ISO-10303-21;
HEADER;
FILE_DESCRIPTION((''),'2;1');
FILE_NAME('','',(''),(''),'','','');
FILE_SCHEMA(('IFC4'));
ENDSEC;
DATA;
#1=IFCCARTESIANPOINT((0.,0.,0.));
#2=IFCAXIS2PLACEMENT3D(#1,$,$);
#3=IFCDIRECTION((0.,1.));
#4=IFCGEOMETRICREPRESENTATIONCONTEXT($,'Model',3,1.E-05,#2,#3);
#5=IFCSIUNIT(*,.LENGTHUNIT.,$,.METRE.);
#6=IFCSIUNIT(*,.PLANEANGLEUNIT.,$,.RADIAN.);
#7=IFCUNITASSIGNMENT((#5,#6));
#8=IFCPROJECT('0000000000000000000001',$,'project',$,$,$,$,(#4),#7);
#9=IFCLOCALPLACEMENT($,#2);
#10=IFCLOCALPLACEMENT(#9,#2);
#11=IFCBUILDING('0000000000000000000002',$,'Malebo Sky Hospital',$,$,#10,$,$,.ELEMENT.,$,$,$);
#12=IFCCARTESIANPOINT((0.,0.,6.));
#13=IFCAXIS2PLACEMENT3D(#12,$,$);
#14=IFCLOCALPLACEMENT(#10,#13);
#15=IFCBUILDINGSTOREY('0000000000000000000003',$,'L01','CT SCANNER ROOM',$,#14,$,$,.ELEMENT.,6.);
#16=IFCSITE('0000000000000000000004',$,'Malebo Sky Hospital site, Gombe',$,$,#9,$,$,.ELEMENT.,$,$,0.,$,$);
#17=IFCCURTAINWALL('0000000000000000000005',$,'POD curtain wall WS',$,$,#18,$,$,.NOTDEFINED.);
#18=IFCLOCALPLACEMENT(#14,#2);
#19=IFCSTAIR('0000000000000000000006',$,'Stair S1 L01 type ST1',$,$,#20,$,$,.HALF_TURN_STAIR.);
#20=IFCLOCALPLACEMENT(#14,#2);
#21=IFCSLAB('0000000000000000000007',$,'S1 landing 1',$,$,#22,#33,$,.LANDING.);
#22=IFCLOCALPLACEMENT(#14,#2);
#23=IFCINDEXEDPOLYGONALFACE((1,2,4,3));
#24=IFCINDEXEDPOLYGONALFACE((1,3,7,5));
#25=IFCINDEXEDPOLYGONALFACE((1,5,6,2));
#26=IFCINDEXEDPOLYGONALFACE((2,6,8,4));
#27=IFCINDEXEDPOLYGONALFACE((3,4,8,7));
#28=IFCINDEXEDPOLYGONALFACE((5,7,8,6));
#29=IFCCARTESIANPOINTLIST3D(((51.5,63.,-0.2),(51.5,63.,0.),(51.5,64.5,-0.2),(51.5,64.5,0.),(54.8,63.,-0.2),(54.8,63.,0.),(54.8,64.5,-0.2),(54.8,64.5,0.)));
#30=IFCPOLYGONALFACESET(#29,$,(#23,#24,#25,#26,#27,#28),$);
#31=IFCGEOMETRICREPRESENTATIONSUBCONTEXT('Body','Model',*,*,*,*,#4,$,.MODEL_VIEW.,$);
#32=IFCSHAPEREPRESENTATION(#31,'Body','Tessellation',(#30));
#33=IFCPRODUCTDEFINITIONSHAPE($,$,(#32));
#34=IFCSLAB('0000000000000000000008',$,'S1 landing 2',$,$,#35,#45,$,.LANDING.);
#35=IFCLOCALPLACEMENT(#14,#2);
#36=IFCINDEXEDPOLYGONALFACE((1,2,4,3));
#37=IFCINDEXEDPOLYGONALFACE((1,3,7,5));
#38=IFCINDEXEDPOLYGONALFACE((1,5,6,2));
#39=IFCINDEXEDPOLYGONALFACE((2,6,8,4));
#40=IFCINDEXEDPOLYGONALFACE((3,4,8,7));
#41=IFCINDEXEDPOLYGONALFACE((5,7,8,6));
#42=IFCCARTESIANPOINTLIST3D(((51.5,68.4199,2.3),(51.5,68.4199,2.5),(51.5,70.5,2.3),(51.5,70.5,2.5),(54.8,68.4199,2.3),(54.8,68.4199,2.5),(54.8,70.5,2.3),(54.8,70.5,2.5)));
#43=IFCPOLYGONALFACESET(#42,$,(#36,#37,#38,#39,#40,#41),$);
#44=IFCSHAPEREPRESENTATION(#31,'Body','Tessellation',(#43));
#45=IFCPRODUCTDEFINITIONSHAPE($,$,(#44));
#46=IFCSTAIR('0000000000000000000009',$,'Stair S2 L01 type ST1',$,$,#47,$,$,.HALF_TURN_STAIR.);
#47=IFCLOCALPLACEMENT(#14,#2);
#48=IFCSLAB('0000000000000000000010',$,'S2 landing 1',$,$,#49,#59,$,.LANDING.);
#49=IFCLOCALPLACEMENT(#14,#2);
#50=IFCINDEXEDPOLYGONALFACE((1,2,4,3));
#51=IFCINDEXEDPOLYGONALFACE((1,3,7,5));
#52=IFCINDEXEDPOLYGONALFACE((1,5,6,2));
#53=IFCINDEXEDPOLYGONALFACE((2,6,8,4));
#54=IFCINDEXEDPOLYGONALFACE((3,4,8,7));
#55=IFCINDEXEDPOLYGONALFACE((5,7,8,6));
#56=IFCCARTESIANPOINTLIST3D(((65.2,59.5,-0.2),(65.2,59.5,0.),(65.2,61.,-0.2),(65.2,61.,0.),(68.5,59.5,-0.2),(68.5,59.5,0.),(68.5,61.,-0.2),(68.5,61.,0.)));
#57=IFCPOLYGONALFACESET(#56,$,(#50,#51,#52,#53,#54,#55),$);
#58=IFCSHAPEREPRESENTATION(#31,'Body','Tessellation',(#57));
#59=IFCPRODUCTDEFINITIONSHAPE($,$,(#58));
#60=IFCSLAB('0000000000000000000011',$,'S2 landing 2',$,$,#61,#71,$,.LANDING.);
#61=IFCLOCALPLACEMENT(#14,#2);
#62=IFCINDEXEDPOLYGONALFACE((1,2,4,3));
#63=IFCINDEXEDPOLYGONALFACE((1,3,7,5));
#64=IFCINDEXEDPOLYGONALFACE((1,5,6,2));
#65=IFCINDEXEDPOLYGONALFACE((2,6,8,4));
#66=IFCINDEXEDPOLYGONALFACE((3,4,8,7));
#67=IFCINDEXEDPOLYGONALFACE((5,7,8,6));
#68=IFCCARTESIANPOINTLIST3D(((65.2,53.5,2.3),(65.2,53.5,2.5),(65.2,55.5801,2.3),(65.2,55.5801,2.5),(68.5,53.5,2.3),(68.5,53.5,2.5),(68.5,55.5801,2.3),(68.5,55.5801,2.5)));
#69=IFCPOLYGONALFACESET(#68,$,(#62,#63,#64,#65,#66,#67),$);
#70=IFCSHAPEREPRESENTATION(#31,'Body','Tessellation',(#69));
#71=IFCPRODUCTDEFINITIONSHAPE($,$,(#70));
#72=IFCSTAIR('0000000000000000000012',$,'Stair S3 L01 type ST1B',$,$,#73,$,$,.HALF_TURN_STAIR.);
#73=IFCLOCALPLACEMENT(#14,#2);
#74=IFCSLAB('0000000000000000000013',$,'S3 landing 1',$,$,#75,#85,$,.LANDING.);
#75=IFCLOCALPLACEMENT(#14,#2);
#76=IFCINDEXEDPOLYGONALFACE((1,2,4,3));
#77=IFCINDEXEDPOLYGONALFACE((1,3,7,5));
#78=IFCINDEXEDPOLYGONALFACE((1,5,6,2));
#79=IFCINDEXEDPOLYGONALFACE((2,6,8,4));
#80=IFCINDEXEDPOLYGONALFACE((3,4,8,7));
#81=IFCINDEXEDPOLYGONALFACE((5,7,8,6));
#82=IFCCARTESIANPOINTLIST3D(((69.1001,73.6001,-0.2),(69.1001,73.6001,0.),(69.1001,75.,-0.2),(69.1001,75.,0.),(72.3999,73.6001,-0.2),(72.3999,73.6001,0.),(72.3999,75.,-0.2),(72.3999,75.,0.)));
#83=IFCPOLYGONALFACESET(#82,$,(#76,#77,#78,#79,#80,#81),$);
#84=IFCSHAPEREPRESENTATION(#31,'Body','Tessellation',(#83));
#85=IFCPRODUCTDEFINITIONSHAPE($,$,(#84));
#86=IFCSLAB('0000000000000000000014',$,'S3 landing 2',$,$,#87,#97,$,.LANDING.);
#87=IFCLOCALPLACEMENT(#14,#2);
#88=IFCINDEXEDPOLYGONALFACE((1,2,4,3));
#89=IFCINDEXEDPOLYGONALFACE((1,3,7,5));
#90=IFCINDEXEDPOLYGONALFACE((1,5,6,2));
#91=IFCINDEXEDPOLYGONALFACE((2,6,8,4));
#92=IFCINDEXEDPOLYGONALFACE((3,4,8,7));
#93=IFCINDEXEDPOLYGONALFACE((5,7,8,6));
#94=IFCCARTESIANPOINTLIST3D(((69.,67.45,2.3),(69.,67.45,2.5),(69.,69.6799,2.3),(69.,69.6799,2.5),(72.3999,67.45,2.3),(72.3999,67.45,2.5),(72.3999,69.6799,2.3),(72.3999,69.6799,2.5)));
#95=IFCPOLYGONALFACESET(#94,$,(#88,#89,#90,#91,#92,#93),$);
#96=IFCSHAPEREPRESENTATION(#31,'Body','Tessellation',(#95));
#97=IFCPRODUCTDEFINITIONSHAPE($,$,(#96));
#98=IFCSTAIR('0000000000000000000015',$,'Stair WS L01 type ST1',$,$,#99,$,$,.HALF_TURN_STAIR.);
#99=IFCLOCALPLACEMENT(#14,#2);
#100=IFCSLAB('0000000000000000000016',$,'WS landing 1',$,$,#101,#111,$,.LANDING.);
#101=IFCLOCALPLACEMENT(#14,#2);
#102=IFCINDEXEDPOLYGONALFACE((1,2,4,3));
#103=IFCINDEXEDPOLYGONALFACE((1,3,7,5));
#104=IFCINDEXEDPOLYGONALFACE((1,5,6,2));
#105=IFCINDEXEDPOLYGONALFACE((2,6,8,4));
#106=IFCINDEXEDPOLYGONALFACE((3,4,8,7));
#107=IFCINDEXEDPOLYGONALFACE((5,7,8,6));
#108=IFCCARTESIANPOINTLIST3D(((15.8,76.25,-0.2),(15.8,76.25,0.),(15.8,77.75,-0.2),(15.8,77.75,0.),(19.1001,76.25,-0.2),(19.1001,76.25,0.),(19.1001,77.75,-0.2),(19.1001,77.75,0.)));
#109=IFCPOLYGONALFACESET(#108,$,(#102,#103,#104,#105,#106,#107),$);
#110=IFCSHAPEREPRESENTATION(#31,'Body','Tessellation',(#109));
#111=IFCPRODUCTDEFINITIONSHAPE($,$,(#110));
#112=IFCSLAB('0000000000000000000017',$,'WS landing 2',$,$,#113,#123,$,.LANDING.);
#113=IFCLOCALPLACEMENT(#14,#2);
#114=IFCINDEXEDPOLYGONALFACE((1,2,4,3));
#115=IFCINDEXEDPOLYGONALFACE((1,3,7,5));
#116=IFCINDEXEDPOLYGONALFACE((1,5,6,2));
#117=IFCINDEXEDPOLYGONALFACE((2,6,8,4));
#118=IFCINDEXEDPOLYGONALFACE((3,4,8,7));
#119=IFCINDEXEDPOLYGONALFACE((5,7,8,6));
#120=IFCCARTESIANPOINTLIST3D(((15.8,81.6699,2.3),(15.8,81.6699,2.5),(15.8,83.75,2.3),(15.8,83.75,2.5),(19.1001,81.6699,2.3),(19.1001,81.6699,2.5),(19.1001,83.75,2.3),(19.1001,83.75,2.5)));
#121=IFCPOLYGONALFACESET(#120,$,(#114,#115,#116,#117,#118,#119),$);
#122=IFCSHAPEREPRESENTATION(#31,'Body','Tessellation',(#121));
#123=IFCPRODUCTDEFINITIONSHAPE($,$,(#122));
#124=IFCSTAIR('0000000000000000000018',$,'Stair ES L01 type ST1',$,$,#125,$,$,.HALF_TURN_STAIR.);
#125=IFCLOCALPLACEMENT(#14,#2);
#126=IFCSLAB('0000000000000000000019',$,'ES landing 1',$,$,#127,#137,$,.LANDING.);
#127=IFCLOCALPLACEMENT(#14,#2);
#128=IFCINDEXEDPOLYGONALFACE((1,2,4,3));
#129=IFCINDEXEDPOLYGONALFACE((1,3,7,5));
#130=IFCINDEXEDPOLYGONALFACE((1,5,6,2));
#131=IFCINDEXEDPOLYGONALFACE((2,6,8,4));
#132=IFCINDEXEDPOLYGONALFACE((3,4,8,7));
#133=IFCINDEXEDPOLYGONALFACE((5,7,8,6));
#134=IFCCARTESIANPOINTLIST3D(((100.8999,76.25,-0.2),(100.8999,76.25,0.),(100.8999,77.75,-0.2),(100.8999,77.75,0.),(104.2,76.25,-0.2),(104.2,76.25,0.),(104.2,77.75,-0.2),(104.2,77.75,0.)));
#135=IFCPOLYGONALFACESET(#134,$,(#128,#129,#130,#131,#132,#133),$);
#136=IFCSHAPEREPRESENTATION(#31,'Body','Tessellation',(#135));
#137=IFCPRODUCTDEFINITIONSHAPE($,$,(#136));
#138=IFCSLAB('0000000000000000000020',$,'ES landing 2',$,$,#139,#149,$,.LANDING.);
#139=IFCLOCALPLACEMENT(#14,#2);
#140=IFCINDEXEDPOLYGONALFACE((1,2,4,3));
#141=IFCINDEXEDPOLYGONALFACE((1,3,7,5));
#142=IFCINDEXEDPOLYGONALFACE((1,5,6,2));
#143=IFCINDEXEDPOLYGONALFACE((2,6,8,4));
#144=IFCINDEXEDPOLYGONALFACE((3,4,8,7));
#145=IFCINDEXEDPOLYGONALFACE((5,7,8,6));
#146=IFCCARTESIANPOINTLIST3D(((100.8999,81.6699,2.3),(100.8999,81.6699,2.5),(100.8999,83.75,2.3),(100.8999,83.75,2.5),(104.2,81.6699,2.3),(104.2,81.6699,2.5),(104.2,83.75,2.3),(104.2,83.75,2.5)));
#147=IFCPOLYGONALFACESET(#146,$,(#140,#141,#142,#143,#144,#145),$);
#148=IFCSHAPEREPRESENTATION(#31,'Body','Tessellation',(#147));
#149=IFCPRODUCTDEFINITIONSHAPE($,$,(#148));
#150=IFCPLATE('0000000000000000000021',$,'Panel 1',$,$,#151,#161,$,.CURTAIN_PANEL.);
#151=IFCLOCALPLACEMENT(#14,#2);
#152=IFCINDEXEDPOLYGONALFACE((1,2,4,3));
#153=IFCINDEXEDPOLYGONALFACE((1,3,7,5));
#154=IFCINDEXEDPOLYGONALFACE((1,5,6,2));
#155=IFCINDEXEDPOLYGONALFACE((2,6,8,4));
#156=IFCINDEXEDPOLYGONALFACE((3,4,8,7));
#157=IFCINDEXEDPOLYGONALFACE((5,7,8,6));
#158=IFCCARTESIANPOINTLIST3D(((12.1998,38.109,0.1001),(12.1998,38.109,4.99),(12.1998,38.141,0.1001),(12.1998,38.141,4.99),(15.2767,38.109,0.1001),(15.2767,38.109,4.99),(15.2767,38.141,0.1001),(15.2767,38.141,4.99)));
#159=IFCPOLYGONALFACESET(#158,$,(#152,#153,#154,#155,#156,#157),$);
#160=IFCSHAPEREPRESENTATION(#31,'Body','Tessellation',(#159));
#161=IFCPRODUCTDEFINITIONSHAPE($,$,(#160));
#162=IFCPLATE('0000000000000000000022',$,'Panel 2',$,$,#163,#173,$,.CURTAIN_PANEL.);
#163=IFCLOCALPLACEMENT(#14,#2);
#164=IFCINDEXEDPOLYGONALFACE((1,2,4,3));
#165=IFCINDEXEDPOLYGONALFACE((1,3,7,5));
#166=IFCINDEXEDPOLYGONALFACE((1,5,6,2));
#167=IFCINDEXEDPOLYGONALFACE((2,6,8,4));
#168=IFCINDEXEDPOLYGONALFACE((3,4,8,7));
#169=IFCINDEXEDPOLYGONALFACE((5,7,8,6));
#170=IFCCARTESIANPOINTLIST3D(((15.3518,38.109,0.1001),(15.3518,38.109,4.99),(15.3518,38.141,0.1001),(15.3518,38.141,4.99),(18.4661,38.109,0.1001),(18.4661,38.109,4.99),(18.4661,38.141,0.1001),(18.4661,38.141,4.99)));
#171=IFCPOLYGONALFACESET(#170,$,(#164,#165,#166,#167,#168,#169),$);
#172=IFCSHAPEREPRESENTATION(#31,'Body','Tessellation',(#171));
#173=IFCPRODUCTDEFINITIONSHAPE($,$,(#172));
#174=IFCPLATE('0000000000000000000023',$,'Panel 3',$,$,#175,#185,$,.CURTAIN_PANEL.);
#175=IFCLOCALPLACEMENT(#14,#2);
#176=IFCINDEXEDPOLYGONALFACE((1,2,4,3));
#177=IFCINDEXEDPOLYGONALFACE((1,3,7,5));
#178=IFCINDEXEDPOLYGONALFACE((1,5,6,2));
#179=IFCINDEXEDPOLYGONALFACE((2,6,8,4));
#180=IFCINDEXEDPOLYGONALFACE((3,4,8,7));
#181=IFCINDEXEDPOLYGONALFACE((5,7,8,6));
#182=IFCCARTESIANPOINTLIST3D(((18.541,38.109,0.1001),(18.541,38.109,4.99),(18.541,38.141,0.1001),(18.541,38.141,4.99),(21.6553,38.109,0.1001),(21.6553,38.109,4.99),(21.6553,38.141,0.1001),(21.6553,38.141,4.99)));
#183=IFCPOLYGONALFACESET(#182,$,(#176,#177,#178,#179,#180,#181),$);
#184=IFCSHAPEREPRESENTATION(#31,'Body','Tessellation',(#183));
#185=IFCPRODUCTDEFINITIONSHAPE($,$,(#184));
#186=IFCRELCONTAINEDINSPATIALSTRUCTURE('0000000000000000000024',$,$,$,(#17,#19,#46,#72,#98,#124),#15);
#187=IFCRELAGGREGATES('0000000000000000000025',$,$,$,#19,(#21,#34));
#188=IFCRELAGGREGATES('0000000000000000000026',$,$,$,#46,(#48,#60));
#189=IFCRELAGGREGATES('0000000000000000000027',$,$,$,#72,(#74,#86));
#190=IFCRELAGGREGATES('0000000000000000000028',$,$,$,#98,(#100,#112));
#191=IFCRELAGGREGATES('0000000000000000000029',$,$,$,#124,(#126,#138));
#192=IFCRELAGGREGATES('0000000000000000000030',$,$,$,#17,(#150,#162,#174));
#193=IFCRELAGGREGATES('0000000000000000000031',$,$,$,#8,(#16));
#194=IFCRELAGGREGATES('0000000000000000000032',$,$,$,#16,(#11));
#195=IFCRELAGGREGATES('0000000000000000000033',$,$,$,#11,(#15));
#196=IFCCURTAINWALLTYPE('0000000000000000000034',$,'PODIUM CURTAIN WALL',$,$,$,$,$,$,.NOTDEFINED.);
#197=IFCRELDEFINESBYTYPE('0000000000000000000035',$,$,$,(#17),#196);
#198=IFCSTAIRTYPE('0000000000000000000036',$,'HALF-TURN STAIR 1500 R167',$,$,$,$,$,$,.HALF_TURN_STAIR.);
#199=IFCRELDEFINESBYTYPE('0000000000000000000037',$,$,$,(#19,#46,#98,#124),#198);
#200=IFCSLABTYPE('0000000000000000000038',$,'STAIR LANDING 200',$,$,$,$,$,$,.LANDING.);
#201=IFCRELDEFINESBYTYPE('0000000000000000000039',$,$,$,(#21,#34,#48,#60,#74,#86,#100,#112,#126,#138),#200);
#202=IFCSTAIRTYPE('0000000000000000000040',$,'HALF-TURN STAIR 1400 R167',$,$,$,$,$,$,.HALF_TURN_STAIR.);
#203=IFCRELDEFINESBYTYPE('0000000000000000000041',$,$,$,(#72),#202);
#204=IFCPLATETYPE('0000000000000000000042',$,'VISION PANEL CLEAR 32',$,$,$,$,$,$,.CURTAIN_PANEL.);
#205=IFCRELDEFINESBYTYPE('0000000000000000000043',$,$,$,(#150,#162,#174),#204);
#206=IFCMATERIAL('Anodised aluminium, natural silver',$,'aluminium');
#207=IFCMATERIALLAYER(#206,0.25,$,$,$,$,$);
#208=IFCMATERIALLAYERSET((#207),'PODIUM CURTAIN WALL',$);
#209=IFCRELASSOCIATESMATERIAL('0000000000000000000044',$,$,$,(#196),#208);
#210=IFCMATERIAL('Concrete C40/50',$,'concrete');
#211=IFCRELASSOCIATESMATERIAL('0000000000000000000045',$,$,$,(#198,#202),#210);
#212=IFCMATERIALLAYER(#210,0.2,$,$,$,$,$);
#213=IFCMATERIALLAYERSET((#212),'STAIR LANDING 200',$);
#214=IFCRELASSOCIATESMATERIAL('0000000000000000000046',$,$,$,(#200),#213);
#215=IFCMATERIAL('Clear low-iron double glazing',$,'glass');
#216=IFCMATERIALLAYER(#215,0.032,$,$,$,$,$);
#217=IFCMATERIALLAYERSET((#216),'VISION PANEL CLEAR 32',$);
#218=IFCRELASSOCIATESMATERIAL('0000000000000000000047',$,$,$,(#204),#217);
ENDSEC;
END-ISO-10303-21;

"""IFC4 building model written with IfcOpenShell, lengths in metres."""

from ifc_helpers import new_model, si_unit, direction, frame, origin, origin_2d, place, context, subcontext, project, spatial, polyline, rectangle, outline, extrude, material, layer, layer_set, type_object, element, aggregate, save


model = new_model("IFC4")

# Units and contexts
model_context = context("Model", 3, precision=1e-05, world=origin(), true_north=direction((0.0, 1.0)))
body_context = subcontext(model_context, "Body", "Model", "MODEL_VIEW")
ifc_project = project(units=[si_unit("LENGTHUNIT", "METRE"), si_unit("PLANEANGLEUNIT", "RADIAN")], contexts=[model_context])

# Site, building, storey
site_placement = place(None, origin())
site = spatial("IfcSite", under=ifc_project, at=site_placement, Name="Malebo Sky Hospital site, Gombe", CompositionType="ELEMENT", RefElevation=0.0)
building_placement = place(site_placement, origin())
building = spatial("IfcBuilding", under=site, at=building_placement, Name="Malebo Sky Hospital", CompositionType="ELEMENT")
storey_placement = place(building_placement, frame((0.0, 0.0, 6.0)))
storey = spatial("IfcBuildingStorey", under=building, at=storey_placement, Name="L01", Description="CT SCANNER ROOM", CompositionType="ELEMENT", Elevation=6.0)

# Curtain wall
ifc_material_1 = material(Name="Anodised aluminium, natural silver", Category="aluminium")
ifc_layer_1 = layer(ifc_material_1, 0.25)
ifc_layer_set_1 = layer_set([ifc_layer_1], Name="PODIUM CURTAIN WALL")
curtain_wall_type = type_object("IfcCurtainWallType", Name="PODIUM CURTAIN WALL", PredefinedType="NOTDEFINED", material=ifc_layer_set_1)
curtain_wall_placement = place(storey_placement, origin())
curtain_wall = element("IfcCurtainWall", 1, at=curtain_wall_placement, inside=storey, type_object=curtain_wall_type, Name="POD curtain wall WS", PredefinedType="NOTDEFINED")

# Shared definitions
ifc_material_2 = material(Name="Concrete C40/50", Category="concrete")

# Stairs, slabs
stair_type_1 = type_object("IfcStairType", Name="HALF-TURN STAIR 1500 R167", PredefinedType="HALF_TURN_STAIR", material=ifc_material_2)
stair_1_placement = place(storey_placement, origin())
stair_1 = element("IfcStair", 2, at=stair_1_placement, inside=storey, type_object=stair_type_1, Name="Stair S1 L01 type ST1", PredefinedType="HALF_TURN_STAIR")
ifc_layer_2 = layer(ifc_material_2, 0.2)
ifc_layer_set_2 = layer_set([ifc_layer_2], Name="STAIR LANDING 200")
slab_type_1 = type_object("IfcSlabType", Name="STAIR LANDING 200", PredefinedType="LANDING", material=ifc_layer_set_2)
slab_1_placement = place(storey_placement, frame((0.0, 0.0, -0.2)))
slab_1 = element("IfcSlab", 3, at=slab_1_placement, type_object=slab_type_1, Name="S1 landing 1", PredefinedType="LANDING", context=body_context, shape_type="SweptSolid", body=[
    extrude(outline(polyline([(51.5, 63.0), (54.8, 63.0), (54.8, 64.5), (51.5, 64.5), (51.5, 63.0)])), origin(), (0.0, 0.0, 1.0), 0.2),
])
slab_2_placement = place(storey_placement, frame((0.0, 0.0, 2.3)))
slab_2 = element("IfcSlab", 4, at=slab_2_placement, type_object=slab_type_1, Name="S1 landing 2", PredefinedType="LANDING", context=body_context, shape_type="SweptSolid", body=[
    extrude(outline(polyline([(51.5, 68.4199), (54.8, 68.4199), (54.8, 70.5), (51.5, 70.5), (51.5, 68.4199)])), origin(), (0.0, 0.0, 1.0), 0.2),
])
aggregate(stair_1, [slab_1, slab_2])
stair_2_placement = place(storey_placement, origin())
stair_2 = element("IfcStair", 5, at=stair_2_placement, inside=storey, type_object=stair_type_1, Name="Stair S2 L01 type ST1", PredefinedType="HALF_TURN_STAIR")
slab_3_placement = place(storey_placement, frame((0.0, 0.0, -0.2)))
slab_3 = element("IfcSlab", 6, at=slab_3_placement, type_object=slab_type_1, Name="S2 landing 1", PredefinedType="LANDING", context=body_context, shape_type="SweptSolid", body=[
    extrude(outline(polyline([(65.2, 59.5), (68.5, 59.5), (68.5, 61.0), (65.2, 61.0), (65.2, 59.5)])), origin(), (0.0, 0.0, 1.0), 0.2),
])
slab_4_placement = place(storey_placement, frame((0.0, 0.0, 2.3)))
slab_4 = element("IfcSlab", 7, at=slab_4_placement, type_object=slab_type_1, Name="S2 landing 2", PredefinedType="LANDING", context=body_context, shape_type="SweptSolid", body=[
    extrude(outline(polyline([(65.2, 53.5), (68.5, 53.5), (68.5, 55.5801), (65.2, 55.5801), (65.2, 53.5)])), origin(), (0.0, 0.0, 1.0), 0.2),
])
aggregate(stair_2, [slab_3, slab_4])
stair_type_2 = type_object("IfcStairType", Name="HALF-TURN STAIR 1400 R167", PredefinedType="HALF_TURN_STAIR", material=ifc_material_2)
stair_3_placement = place(storey_placement, origin())
stair_3 = element("IfcStair", 8, at=stair_3_placement, inside=storey, type_object=stair_type_2, Name="Stair S3 L01 type ST1B", PredefinedType="HALF_TURN_STAIR")
slab_5_placement = place(storey_placement, frame((0.0, 0.0, -0.2)))
slab_5 = element("IfcSlab", 9, at=slab_5_placement, type_object=slab_type_1, Name="S3 landing 1", PredefinedType="LANDING", context=body_context, shape_type="SweptSolid", body=[
    extrude(outline(polyline([(69.1001, 73.6001), (72.3999, 73.6001), (72.3999, 75.0), (69.1001, 75.0), (69.1001, 73.6001)])), origin(), (0.0, 0.0, 1.0), 0.2),
])
slab_6_placement = place(storey_placement, frame((0.0, 0.0, 2.3)))
slab_6 = element("IfcSlab", 10, at=slab_6_placement, type_object=slab_type_1, Name="S3 landing 2", PredefinedType="LANDING", context=body_context, shape_type="SweptSolid", body=[
    extrude(outline(polyline([(69.0, 67.45), (72.3999, 67.45), (72.3999, 69.6799), (69.0, 69.6799), (69.0, 67.45)])), origin(), (0.0, 0.0, 1.0), 0.2),
])
aggregate(stair_3, [slab_5, slab_6])
stair_4_placement = place(storey_placement, origin())
stair_4 = element("IfcStair", 11, at=stair_4_placement, inside=storey, type_object=stair_type_1, Name="Stair WS L01 type ST1", PredefinedType="HALF_TURN_STAIR")
slab_7_placement = place(storey_placement, frame((0.0, 0.0, -0.2)))
slab_7 = element("IfcSlab", 12, at=slab_7_placement, type_object=slab_type_1, Name="WS landing 1", PredefinedType="LANDING", context=body_context, shape_type="SweptSolid", body=[
    extrude(outline(polyline([(15.8, 76.25), (19.1001, 76.25), (19.1001, 77.75), (15.8, 77.75), (15.8, 76.25)])), origin(), (0.0, 0.0, 1.0), 0.2),
])
slab_8_placement = place(storey_placement, frame((0.0, 0.0, 2.3)))
slab_8 = element("IfcSlab", 13, at=slab_8_placement, type_object=slab_type_1, Name="WS landing 2", PredefinedType="LANDING", context=body_context, shape_type="SweptSolid", body=[
    extrude(outline(polyline([(15.8, 81.6699), (19.1001, 81.6699), (19.1001, 83.75), (15.8, 83.75), (15.8, 81.6699)])), origin(), (0.0, 0.0, 1.0), 0.2),
])
aggregate(stair_4, [slab_7, slab_8])
stair_5_placement = place(storey_placement, origin())
stair_5 = element("IfcStair", 14, at=stair_5_placement, inside=storey, type_object=stair_type_1, Name="Stair ES L01 type ST1", PredefinedType="HALF_TURN_STAIR")
slab_9_placement = place(storey_placement, frame((0.0, 0.0, -0.2)))
slab_9 = element("IfcSlab", 15, at=slab_9_placement, type_object=slab_type_1, Name="ES landing 1", PredefinedType="LANDING", context=body_context, shape_type="SweptSolid", body=[
    extrude(outline(polyline([(100.8999, 76.25), (104.2, 76.25), (104.2, 77.75), (100.8999, 77.75), (100.8999, 76.25)])), origin(), (0.0, 0.0, 1.0), 0.2),
])
slab_10_placement = place(storey_placement, frame((0.0, 0.0, 2.3)))
slab_10 = element("IfcSlab", 16, at=slab_10_placement, type_object=slab_type_1, Name="ES landing 2", PredefinedType="LANDING", context=body_context, shape_type="SweptSolid", body=[
    extrude(outline(polyline([(100.8999, 81.6699), (104.2, 81.6699), (104.2, 83.75), (100.8999, 83.75), (100.8999, 81.6699)])), origin(), (0.0, 0.0, 1.0), 0.2),
])
aggregate(stair_5, [slab_9, slab_10])

# Plates
ifc_material_3 = material(Name="Clear low-iron double glazing", Category="glass")
ifc_layer_3 = layer(ifc_material_3, 0.032)
ifc_layer_set_3 = layer_set([ifc_layer_3], Name="VISION PANEL CLEAR 32")
plate_type = type_object("IfcPlateType", Name="VISION PANEL CLEAR 32", PredefinedType="CURTAIN_PANEL", material=ifc_layer_set_3)
plate_1_placement = place(storey_placement, frame((13.7383, 38.125, 0.1001), z_axis=(0.0, 0.0, 1.0), x_axis=(1.0, 0.0, 0.0)))
plate_1 = element("IfcPlate", 17, at=plate_1_placement, type_object=plate_type, Name="Panel 1", PredefinedType="CURTAIN_PANEL", context=body_context, shape_type="SweptSolid", body=[
    extrude(rectangle(XDim=3.0769, YDim=0.032, at=origin_2d()), origin(), (0.0, 0.0, 1.0), 4.8899),
])
plate_2_placement = place(storey_placement, frame((16.9089, 38.125, 0.1001), z_axis=(0.0, 0.0, 1.0), x_axis=(1.0, 0.0, 0.0)))
plate_2 = element("IfcPlate", 18, at=plate_2_placement, type_object=plate_type, Name="Panel 2", PredefinedType="CURTAIN_PANEL", context=body_context, shape_type="SweptSolid", body=[
    extrude(rectangle(XDim=3.1143, YDim=0.032, at=origin_2d()), origin(), (0.0, 0.0, 1.0), 4.8899),
])
plate_3_placement = place(storey_placement, frame((20.0981, 38.125, 0.1001), z_axis=(0.0, 0.0, 1.0), x_axis=(1.0, 0.0, 0.0)))
plate_3 = element("IfcPlate", 19, at=plate_3_placement, type_object=plate_type, Name="Panel 3", PredefinedType="CURTAIN_PANEL", context=body_context, shape_type="SweptSolid", body=[
    extrude(rectangle(XDim=3.1143, YDim=0.032, at=origin_2d()), origin(), (0.0, 0.0, 1.0), 4.8899),
])
aggregate(curtain_wall, [plate_1, plate_2, plate_3])

save(model, "model.ifc")
